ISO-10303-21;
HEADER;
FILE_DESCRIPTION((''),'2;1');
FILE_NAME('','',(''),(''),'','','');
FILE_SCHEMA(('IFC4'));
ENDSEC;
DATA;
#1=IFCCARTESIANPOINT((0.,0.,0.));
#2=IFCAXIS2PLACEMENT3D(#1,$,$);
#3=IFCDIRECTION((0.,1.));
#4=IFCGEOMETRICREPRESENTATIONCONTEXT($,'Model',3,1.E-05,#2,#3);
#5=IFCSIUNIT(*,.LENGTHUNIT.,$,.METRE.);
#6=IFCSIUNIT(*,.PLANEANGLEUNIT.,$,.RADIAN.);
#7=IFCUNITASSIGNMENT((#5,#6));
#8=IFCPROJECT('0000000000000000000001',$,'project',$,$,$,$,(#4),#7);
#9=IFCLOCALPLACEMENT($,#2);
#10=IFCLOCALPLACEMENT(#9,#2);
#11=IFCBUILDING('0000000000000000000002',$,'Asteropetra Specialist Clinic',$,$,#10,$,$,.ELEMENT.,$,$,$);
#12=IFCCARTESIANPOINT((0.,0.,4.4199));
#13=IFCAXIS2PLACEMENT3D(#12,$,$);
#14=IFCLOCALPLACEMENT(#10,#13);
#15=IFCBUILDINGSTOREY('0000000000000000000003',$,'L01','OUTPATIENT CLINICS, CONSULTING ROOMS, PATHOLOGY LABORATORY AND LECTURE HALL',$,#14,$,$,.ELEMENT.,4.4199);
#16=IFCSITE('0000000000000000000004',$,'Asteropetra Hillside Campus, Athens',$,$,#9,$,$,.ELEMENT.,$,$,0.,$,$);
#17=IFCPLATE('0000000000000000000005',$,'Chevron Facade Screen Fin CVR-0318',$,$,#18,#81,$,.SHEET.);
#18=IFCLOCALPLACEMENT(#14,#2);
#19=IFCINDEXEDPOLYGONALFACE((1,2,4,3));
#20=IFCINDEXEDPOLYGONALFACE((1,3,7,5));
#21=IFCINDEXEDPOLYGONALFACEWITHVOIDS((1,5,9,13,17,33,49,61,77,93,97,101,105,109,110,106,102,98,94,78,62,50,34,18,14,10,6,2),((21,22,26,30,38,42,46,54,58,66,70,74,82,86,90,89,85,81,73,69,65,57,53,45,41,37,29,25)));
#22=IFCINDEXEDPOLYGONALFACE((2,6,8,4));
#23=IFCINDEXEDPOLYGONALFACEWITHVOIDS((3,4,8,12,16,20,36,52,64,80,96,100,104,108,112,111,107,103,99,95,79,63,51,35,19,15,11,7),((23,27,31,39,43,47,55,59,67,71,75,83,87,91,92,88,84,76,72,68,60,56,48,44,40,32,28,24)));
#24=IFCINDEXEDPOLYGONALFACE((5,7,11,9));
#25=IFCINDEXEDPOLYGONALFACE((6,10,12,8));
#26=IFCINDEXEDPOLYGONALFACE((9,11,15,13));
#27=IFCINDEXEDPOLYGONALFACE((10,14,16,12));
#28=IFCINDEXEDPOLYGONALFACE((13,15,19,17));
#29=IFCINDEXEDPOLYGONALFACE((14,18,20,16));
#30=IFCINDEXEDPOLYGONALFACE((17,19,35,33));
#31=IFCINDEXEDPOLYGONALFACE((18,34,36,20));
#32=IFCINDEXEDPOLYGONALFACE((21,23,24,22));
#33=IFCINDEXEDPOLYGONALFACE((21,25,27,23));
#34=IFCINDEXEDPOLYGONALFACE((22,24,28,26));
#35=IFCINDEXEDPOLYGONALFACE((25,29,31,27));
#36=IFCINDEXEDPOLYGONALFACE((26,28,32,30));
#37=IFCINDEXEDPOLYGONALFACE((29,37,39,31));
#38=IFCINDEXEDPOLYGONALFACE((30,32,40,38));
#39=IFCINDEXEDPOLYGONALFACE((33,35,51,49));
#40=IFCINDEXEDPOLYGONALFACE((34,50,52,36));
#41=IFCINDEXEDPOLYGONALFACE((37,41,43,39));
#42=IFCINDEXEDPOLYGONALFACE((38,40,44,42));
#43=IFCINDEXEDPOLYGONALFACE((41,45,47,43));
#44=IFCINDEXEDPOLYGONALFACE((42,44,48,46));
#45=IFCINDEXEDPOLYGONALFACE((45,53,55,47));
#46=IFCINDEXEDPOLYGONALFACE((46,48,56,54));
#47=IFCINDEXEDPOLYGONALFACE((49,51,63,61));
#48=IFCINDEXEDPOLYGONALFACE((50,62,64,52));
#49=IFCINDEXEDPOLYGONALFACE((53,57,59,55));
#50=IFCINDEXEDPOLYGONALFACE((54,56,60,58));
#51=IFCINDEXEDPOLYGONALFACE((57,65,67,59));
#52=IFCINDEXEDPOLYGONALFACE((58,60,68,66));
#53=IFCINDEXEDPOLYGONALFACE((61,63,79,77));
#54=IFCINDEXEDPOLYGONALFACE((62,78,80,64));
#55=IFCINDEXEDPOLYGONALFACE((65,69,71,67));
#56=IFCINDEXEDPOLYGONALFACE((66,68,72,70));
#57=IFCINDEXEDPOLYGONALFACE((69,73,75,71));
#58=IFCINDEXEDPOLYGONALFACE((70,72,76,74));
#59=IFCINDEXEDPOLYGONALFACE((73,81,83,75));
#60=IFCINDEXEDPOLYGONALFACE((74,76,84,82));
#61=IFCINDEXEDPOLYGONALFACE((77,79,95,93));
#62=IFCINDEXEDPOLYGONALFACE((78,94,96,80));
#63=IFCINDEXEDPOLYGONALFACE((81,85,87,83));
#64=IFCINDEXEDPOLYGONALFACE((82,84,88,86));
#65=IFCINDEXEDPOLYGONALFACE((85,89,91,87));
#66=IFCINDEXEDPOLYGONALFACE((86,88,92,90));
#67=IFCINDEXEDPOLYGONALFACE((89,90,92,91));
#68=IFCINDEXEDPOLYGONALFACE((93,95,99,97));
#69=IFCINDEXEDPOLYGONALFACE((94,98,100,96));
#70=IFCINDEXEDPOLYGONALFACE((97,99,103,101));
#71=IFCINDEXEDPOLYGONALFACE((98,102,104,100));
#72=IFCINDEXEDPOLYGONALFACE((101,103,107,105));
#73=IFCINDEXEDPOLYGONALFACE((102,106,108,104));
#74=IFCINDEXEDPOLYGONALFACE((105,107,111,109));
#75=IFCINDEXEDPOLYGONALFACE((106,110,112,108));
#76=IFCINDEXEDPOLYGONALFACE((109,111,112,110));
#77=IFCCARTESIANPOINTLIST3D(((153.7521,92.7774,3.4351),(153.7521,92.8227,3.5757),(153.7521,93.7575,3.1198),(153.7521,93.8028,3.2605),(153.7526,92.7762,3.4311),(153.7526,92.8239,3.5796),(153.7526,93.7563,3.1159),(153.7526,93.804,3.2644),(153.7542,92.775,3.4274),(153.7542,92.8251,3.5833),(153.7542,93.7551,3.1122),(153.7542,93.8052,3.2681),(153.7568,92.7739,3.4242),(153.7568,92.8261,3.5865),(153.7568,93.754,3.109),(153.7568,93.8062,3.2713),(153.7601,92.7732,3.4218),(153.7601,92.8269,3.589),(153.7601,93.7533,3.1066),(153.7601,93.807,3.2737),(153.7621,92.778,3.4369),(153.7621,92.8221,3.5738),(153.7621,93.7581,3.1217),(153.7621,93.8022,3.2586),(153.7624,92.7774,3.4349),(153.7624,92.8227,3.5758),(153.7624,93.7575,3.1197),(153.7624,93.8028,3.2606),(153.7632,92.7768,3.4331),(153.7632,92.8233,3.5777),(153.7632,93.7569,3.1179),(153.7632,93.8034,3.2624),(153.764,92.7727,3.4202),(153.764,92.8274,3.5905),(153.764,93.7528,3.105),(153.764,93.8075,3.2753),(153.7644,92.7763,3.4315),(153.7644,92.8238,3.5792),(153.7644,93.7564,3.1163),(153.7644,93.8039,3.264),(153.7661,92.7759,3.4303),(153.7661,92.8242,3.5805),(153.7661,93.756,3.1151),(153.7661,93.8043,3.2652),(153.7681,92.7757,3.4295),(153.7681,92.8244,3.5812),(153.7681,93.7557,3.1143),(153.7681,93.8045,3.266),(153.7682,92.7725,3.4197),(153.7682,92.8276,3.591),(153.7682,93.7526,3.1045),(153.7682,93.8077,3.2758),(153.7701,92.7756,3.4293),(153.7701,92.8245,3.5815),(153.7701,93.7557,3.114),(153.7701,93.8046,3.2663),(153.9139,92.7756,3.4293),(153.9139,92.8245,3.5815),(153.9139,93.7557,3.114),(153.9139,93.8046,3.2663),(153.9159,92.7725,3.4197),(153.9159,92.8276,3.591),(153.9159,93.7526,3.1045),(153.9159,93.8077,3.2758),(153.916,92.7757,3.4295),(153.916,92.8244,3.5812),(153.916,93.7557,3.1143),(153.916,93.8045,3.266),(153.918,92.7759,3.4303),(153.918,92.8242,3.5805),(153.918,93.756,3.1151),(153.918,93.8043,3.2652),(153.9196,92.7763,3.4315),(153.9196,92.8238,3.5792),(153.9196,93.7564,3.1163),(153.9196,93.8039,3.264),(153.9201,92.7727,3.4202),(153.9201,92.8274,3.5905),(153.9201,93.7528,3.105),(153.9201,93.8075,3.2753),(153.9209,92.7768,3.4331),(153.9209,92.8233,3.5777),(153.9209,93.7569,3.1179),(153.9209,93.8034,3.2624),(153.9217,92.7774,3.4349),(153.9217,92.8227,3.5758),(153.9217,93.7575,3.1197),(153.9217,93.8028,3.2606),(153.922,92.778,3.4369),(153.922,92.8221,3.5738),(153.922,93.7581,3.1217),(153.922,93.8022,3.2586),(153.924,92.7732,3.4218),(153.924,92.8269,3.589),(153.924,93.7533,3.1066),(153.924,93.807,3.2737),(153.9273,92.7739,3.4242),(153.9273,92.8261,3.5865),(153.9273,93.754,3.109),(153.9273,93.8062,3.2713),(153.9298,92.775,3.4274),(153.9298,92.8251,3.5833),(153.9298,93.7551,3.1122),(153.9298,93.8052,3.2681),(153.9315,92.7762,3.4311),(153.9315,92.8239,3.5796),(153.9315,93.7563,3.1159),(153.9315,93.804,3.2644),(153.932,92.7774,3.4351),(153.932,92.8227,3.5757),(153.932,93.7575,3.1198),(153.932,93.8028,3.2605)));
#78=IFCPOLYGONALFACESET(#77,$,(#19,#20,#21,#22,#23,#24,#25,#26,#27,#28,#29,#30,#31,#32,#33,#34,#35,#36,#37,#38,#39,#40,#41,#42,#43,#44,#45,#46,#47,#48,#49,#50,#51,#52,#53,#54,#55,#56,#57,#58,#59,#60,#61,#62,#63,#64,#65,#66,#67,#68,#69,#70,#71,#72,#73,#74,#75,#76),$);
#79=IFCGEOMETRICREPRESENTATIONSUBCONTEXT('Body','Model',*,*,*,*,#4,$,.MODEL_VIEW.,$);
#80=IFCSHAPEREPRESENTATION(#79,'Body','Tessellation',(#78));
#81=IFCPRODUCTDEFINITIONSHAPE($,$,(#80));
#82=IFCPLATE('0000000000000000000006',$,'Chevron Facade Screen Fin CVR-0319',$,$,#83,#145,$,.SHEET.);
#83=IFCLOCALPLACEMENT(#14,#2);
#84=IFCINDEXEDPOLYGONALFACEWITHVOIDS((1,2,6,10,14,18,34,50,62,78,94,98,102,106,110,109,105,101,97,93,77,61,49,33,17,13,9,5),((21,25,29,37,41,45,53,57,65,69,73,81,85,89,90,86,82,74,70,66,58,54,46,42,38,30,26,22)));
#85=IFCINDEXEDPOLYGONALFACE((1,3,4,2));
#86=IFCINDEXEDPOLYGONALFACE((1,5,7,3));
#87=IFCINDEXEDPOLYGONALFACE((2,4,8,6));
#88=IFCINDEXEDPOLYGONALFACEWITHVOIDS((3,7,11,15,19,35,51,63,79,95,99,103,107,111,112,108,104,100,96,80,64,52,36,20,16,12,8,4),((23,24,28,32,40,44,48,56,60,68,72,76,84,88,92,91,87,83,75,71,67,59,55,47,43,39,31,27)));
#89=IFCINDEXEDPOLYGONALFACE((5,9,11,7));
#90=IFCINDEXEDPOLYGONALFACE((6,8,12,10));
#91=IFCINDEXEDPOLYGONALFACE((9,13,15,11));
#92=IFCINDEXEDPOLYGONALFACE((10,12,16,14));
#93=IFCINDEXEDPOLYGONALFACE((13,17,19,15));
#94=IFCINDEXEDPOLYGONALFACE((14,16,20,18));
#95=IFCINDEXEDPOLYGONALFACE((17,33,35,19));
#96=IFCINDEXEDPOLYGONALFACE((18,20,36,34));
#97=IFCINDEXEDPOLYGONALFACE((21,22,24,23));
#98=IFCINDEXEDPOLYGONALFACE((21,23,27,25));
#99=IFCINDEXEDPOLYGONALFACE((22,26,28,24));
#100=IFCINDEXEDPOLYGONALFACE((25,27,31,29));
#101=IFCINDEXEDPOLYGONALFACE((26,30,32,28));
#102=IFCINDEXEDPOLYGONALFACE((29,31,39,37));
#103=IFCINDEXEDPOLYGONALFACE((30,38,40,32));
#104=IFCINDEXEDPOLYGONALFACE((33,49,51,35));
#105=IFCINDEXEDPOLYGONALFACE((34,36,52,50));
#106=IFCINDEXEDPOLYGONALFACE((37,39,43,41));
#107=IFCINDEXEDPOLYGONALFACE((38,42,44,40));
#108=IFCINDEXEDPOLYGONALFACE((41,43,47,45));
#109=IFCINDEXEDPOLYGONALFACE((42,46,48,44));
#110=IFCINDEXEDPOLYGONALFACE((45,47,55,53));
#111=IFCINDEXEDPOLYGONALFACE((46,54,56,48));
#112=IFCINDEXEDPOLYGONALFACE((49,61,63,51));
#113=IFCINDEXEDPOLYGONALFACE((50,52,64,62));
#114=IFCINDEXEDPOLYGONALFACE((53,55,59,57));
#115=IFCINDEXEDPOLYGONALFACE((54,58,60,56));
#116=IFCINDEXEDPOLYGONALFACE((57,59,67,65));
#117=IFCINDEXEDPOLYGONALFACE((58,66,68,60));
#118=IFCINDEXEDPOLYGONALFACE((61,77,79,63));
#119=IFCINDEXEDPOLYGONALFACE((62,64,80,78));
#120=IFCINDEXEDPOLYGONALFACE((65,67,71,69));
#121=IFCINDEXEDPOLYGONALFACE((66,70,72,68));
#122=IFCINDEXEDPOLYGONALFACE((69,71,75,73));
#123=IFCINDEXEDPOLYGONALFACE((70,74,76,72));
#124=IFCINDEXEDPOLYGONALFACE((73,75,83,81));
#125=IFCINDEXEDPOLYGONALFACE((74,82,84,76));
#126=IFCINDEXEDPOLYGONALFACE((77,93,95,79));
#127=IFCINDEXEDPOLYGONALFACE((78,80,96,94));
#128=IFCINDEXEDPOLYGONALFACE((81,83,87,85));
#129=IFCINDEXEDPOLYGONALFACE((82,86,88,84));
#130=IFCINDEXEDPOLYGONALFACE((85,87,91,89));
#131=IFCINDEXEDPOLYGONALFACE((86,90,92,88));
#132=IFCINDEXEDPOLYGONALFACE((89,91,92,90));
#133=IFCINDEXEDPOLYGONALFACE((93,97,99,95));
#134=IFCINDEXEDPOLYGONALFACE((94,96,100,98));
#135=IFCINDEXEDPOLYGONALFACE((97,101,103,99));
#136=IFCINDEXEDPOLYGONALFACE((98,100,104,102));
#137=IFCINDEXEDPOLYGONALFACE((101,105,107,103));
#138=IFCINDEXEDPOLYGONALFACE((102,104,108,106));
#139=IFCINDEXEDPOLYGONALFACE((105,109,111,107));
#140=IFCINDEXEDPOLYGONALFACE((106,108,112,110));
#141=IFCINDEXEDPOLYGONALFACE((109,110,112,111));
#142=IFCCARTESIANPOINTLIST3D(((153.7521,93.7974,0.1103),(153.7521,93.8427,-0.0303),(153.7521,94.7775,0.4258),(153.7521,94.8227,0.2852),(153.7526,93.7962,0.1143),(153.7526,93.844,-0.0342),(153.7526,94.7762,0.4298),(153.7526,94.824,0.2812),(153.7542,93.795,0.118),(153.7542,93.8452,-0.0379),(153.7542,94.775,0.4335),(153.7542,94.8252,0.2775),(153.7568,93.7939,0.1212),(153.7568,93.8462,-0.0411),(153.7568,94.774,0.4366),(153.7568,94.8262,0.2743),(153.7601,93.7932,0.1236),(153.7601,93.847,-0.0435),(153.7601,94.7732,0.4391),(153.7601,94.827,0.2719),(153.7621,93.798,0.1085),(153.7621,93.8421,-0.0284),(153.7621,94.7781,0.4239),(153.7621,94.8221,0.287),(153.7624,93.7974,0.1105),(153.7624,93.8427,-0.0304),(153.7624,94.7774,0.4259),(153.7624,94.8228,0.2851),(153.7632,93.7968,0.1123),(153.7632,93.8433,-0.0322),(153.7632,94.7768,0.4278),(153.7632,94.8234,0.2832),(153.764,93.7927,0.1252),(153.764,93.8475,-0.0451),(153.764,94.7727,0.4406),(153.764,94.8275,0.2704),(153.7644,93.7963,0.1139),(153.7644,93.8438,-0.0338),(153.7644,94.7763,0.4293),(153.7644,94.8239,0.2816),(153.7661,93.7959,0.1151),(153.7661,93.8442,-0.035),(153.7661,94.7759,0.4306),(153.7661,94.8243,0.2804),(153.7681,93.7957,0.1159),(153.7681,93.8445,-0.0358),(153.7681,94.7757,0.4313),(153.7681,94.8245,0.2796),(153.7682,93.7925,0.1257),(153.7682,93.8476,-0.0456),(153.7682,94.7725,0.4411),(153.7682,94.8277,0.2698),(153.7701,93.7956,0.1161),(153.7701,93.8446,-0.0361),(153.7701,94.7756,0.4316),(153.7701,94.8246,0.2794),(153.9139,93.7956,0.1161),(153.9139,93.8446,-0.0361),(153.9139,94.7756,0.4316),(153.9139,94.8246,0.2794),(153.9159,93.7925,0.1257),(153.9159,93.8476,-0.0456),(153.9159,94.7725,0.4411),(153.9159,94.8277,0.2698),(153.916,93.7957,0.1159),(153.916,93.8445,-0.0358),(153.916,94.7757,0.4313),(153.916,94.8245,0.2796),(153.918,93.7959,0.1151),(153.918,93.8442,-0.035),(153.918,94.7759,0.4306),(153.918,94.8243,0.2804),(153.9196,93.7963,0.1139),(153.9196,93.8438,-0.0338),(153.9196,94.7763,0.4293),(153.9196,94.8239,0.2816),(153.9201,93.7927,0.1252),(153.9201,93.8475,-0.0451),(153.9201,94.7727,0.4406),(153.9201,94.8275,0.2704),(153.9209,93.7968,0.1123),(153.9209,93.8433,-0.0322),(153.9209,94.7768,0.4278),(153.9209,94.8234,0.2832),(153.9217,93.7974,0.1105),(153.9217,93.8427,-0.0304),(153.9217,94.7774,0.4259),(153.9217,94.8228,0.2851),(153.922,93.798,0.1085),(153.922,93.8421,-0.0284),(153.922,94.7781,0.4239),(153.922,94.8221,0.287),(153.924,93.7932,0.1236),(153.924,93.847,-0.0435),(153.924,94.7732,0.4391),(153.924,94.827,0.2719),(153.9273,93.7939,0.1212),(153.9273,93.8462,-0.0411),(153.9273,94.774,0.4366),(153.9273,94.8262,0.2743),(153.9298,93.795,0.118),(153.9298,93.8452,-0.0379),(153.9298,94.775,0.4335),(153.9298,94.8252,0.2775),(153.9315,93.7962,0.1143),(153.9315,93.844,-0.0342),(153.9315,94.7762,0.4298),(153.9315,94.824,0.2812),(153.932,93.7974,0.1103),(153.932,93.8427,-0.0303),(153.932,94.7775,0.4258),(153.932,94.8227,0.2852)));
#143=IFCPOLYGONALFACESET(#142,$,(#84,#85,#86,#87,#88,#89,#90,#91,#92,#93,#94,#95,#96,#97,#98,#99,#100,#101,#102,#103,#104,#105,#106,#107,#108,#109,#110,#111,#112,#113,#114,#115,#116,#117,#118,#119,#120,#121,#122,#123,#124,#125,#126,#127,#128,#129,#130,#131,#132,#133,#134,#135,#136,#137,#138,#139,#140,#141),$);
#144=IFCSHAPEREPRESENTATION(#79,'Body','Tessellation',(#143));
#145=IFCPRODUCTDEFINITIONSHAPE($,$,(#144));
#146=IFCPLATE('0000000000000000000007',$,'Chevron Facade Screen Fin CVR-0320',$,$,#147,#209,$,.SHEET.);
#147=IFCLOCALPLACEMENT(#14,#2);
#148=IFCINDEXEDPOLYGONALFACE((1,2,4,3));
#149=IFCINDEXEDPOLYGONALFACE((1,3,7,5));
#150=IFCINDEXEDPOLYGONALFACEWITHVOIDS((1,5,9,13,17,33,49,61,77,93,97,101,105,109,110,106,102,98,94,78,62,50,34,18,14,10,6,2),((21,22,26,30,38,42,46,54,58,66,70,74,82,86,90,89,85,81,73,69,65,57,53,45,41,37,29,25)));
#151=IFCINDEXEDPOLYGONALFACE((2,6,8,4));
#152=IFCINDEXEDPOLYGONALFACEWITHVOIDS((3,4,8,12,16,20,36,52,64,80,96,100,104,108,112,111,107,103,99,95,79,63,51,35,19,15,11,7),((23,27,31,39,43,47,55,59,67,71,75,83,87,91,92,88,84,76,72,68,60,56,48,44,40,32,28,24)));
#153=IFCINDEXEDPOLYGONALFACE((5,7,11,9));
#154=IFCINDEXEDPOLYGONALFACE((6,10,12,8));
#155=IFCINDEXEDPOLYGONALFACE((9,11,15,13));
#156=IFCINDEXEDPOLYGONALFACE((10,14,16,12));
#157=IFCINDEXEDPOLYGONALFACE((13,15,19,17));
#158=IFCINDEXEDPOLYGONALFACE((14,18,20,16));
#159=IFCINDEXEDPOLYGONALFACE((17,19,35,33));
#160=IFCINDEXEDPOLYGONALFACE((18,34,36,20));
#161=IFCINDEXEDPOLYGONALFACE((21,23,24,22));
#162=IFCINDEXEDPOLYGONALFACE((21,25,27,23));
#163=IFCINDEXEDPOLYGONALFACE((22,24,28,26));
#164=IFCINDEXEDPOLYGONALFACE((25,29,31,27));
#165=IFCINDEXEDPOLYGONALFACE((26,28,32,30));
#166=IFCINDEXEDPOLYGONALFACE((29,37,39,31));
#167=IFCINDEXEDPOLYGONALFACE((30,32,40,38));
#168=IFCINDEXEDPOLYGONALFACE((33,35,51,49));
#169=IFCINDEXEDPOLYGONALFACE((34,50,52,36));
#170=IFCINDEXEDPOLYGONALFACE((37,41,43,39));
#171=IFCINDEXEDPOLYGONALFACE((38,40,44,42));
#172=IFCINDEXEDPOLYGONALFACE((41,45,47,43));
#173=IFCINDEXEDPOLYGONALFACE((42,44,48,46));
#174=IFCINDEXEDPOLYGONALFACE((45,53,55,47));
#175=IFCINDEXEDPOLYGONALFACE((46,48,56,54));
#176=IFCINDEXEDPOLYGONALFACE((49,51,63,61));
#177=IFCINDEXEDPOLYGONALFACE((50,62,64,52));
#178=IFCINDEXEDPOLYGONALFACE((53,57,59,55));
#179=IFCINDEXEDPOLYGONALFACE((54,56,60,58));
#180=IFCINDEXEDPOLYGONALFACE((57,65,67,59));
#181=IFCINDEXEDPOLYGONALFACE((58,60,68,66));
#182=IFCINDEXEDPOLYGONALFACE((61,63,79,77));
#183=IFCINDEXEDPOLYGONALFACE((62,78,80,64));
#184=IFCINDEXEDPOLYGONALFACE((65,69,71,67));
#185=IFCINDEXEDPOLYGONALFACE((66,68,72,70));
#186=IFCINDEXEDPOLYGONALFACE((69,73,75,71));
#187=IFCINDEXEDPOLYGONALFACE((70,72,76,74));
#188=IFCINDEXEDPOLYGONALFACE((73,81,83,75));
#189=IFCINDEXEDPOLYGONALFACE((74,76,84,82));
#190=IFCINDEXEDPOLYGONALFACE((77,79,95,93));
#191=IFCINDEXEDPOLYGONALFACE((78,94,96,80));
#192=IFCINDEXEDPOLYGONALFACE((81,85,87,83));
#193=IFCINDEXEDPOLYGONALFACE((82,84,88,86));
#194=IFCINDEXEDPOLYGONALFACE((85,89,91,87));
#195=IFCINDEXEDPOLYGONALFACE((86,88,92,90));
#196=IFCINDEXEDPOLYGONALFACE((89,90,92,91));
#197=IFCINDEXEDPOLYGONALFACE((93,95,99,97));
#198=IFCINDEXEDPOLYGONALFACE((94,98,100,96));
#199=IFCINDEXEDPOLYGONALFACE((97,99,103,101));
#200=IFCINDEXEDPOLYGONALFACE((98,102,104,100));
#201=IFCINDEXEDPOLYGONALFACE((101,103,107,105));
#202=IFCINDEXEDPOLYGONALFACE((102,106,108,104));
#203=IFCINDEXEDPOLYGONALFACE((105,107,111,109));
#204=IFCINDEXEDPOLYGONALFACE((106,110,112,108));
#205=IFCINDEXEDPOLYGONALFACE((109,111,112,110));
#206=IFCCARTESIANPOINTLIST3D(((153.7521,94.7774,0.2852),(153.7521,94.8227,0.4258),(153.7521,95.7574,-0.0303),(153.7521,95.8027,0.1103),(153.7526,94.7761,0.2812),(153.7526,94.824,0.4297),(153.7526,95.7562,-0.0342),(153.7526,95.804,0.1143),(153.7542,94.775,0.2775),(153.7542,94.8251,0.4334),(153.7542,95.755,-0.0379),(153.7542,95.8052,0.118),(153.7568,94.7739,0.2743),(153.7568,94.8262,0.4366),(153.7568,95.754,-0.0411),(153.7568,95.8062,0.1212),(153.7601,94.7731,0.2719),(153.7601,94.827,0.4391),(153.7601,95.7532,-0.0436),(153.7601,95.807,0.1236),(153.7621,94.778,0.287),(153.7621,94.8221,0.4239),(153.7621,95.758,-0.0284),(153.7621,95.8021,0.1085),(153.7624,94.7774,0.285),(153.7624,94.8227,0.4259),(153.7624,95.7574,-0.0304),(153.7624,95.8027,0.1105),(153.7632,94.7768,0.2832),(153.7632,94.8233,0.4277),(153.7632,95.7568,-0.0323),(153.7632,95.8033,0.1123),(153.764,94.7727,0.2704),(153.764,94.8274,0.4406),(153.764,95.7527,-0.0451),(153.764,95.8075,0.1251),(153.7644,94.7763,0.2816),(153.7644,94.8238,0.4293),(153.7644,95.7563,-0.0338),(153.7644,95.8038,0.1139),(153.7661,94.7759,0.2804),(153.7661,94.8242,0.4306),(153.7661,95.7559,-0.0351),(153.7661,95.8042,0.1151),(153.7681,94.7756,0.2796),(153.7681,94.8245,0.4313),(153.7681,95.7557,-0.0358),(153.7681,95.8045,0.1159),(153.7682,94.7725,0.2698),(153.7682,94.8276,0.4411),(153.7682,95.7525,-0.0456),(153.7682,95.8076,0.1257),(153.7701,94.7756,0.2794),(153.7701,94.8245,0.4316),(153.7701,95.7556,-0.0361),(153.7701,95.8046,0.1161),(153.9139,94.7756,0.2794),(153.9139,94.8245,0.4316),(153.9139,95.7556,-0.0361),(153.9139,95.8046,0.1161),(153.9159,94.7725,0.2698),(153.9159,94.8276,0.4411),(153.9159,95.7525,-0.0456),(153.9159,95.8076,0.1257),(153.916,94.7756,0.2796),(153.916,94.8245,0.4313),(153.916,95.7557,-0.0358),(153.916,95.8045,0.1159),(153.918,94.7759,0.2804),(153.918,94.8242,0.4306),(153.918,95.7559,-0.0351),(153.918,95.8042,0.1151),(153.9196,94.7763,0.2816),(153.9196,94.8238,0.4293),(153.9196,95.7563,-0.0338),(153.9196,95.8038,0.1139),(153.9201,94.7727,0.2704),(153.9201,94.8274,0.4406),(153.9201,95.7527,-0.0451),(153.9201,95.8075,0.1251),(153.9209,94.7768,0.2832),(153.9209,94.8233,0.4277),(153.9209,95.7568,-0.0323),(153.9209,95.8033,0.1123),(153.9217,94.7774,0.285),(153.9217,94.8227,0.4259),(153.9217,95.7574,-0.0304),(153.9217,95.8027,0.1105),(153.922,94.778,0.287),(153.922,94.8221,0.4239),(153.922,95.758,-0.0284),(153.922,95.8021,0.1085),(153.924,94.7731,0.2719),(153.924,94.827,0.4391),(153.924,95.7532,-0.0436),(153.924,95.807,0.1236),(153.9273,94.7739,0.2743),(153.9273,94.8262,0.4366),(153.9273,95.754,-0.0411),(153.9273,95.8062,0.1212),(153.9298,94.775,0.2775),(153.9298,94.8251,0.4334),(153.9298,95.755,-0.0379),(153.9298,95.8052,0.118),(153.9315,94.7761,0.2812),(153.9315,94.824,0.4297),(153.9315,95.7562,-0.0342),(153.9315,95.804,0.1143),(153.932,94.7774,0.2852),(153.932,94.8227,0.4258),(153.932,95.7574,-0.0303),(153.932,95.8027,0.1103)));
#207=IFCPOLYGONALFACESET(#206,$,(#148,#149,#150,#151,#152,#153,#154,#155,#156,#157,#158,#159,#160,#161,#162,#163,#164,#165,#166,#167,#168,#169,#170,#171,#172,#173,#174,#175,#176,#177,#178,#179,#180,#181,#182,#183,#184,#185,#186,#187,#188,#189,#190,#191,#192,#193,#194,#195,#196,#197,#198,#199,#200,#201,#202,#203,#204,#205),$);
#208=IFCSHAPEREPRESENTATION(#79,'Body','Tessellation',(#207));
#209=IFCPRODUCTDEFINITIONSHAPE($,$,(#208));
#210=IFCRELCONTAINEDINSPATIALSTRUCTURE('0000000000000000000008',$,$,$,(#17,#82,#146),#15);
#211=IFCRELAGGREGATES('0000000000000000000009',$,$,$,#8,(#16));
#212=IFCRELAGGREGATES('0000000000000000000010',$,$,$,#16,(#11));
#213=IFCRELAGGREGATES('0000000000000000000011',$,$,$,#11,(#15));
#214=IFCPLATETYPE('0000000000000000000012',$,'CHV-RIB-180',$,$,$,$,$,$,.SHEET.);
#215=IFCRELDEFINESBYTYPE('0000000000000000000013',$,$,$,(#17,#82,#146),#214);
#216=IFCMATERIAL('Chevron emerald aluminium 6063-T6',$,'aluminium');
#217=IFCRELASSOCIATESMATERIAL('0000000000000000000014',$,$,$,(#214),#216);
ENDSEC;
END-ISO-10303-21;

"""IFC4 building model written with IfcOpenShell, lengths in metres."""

from ifc_helpers import new_model, si_unit, direction, frame, origin, origin_2d, place, context, subcontext, project, spatial, hollow_rectangle, extrude, material, material_profile, profile_set, type_object, element, save


model = new_model("IFC4")

# Units and contexts
model_context = context("Model", 3, precision=1e-05, world=origin(), true_north=direction((0.0, 1.0)))
body_context = subcontext(model_context, "Body", "Model", "MODEL_VIEW")
ifc_project = project(units=[si_unit("LENGTHUNIT", "METRE"), si_unit("PLANEANGLEUNIT", "RADIAN")], contexts=[model_context])

# Site, building, storey
site_placement = place(None, origin())
site = spatial("IfcSite", under=ifc_project, at=site_placement, Name="Asteropetra Hillside Campus, Athens", CompositionType="ELEMENT", RefElevation=0.0)
building_placement = place(site_placement, origin())
building = spatial("IfcBuilding", under=site, at=building_placement, Name="Asteropetra Specialist Clinic", CompositionType="ELEMENT")
storey_placement = place(building_placement, frame((0.0, 0.0, 4.4199)))
storey = spatial("IfcBuildingStorey", under=building, at=storey_placement, Name="L01", Description="OUTPATIENT CLINICS, CONSULTING ROOMS, PATHOLOGY LABORATORY AND LECTURE HALL", CompositionType="ELEMENT", Elevation=4.4199)

# Plates
ifc_material_1 = material(Name="Chevron emerald aluminium 6063-T6", Category="aluminium")
ifc_material_profile = material_profile(ifc_material_1, hollow_rectangle(XDim=0.1799, YDim=0.1799, WallThickness=0.01, InnerFilletRadius=0.0081, OuterFilletRadius=0.0161, at=origin_2d()), Name="SHS 180x180x10.0")
ifc_profile_set = profile_set([ifc_material_profile], Name="Chevron emerald aluminium 6063-T6")
plate_type = type_object("IfcPlateType", Name="CHV-RIB-180", PredefinedType="SHEET", material=ifc_profile_set)
for number, where, z_axis, x_axis, name in (
    (1, (153.842, 92.8, 3.5054), (0.0, 0.951974, -0.306178), (-1.0, 0.0, 0.0), "Chevron Facade Screen Fin CVR-0318"),
    (2, (153.842, 93.8201, 0.04), (0.0, 0.951905, 0.306393), (-1.0, 0.0, 0.0), "Chevron Facade Screen Fin CVR-0319"),
    (3, (153.842, 94.8, 0.3555), (0.0, 0.951905, -0.306393), (-1.0, 0.0, 0.0), "Chevron Facade Screen Fin CVR-0320"),
):
    element("IfcPlate", number, at=place(storey_placement, frame(where, z_axis=z_axis, x_axis=x_axis)), inside=storey, type_object=plate_type, Name=name, PredefinedType="SHEET", context=body_context, shape_type="SweptSolid", body=[
        extrude(hollow_rectangle(XDim=0.1799, YDim=0.1799, WallThickness=0.01, InnerFilletRadius=0.0081, OuterFilletRadius=0.0161, at=origin_2d()), origin(), (0.0, 0.0, 1.0), 1.0295),
    ])

save(model, "model.ifc")
